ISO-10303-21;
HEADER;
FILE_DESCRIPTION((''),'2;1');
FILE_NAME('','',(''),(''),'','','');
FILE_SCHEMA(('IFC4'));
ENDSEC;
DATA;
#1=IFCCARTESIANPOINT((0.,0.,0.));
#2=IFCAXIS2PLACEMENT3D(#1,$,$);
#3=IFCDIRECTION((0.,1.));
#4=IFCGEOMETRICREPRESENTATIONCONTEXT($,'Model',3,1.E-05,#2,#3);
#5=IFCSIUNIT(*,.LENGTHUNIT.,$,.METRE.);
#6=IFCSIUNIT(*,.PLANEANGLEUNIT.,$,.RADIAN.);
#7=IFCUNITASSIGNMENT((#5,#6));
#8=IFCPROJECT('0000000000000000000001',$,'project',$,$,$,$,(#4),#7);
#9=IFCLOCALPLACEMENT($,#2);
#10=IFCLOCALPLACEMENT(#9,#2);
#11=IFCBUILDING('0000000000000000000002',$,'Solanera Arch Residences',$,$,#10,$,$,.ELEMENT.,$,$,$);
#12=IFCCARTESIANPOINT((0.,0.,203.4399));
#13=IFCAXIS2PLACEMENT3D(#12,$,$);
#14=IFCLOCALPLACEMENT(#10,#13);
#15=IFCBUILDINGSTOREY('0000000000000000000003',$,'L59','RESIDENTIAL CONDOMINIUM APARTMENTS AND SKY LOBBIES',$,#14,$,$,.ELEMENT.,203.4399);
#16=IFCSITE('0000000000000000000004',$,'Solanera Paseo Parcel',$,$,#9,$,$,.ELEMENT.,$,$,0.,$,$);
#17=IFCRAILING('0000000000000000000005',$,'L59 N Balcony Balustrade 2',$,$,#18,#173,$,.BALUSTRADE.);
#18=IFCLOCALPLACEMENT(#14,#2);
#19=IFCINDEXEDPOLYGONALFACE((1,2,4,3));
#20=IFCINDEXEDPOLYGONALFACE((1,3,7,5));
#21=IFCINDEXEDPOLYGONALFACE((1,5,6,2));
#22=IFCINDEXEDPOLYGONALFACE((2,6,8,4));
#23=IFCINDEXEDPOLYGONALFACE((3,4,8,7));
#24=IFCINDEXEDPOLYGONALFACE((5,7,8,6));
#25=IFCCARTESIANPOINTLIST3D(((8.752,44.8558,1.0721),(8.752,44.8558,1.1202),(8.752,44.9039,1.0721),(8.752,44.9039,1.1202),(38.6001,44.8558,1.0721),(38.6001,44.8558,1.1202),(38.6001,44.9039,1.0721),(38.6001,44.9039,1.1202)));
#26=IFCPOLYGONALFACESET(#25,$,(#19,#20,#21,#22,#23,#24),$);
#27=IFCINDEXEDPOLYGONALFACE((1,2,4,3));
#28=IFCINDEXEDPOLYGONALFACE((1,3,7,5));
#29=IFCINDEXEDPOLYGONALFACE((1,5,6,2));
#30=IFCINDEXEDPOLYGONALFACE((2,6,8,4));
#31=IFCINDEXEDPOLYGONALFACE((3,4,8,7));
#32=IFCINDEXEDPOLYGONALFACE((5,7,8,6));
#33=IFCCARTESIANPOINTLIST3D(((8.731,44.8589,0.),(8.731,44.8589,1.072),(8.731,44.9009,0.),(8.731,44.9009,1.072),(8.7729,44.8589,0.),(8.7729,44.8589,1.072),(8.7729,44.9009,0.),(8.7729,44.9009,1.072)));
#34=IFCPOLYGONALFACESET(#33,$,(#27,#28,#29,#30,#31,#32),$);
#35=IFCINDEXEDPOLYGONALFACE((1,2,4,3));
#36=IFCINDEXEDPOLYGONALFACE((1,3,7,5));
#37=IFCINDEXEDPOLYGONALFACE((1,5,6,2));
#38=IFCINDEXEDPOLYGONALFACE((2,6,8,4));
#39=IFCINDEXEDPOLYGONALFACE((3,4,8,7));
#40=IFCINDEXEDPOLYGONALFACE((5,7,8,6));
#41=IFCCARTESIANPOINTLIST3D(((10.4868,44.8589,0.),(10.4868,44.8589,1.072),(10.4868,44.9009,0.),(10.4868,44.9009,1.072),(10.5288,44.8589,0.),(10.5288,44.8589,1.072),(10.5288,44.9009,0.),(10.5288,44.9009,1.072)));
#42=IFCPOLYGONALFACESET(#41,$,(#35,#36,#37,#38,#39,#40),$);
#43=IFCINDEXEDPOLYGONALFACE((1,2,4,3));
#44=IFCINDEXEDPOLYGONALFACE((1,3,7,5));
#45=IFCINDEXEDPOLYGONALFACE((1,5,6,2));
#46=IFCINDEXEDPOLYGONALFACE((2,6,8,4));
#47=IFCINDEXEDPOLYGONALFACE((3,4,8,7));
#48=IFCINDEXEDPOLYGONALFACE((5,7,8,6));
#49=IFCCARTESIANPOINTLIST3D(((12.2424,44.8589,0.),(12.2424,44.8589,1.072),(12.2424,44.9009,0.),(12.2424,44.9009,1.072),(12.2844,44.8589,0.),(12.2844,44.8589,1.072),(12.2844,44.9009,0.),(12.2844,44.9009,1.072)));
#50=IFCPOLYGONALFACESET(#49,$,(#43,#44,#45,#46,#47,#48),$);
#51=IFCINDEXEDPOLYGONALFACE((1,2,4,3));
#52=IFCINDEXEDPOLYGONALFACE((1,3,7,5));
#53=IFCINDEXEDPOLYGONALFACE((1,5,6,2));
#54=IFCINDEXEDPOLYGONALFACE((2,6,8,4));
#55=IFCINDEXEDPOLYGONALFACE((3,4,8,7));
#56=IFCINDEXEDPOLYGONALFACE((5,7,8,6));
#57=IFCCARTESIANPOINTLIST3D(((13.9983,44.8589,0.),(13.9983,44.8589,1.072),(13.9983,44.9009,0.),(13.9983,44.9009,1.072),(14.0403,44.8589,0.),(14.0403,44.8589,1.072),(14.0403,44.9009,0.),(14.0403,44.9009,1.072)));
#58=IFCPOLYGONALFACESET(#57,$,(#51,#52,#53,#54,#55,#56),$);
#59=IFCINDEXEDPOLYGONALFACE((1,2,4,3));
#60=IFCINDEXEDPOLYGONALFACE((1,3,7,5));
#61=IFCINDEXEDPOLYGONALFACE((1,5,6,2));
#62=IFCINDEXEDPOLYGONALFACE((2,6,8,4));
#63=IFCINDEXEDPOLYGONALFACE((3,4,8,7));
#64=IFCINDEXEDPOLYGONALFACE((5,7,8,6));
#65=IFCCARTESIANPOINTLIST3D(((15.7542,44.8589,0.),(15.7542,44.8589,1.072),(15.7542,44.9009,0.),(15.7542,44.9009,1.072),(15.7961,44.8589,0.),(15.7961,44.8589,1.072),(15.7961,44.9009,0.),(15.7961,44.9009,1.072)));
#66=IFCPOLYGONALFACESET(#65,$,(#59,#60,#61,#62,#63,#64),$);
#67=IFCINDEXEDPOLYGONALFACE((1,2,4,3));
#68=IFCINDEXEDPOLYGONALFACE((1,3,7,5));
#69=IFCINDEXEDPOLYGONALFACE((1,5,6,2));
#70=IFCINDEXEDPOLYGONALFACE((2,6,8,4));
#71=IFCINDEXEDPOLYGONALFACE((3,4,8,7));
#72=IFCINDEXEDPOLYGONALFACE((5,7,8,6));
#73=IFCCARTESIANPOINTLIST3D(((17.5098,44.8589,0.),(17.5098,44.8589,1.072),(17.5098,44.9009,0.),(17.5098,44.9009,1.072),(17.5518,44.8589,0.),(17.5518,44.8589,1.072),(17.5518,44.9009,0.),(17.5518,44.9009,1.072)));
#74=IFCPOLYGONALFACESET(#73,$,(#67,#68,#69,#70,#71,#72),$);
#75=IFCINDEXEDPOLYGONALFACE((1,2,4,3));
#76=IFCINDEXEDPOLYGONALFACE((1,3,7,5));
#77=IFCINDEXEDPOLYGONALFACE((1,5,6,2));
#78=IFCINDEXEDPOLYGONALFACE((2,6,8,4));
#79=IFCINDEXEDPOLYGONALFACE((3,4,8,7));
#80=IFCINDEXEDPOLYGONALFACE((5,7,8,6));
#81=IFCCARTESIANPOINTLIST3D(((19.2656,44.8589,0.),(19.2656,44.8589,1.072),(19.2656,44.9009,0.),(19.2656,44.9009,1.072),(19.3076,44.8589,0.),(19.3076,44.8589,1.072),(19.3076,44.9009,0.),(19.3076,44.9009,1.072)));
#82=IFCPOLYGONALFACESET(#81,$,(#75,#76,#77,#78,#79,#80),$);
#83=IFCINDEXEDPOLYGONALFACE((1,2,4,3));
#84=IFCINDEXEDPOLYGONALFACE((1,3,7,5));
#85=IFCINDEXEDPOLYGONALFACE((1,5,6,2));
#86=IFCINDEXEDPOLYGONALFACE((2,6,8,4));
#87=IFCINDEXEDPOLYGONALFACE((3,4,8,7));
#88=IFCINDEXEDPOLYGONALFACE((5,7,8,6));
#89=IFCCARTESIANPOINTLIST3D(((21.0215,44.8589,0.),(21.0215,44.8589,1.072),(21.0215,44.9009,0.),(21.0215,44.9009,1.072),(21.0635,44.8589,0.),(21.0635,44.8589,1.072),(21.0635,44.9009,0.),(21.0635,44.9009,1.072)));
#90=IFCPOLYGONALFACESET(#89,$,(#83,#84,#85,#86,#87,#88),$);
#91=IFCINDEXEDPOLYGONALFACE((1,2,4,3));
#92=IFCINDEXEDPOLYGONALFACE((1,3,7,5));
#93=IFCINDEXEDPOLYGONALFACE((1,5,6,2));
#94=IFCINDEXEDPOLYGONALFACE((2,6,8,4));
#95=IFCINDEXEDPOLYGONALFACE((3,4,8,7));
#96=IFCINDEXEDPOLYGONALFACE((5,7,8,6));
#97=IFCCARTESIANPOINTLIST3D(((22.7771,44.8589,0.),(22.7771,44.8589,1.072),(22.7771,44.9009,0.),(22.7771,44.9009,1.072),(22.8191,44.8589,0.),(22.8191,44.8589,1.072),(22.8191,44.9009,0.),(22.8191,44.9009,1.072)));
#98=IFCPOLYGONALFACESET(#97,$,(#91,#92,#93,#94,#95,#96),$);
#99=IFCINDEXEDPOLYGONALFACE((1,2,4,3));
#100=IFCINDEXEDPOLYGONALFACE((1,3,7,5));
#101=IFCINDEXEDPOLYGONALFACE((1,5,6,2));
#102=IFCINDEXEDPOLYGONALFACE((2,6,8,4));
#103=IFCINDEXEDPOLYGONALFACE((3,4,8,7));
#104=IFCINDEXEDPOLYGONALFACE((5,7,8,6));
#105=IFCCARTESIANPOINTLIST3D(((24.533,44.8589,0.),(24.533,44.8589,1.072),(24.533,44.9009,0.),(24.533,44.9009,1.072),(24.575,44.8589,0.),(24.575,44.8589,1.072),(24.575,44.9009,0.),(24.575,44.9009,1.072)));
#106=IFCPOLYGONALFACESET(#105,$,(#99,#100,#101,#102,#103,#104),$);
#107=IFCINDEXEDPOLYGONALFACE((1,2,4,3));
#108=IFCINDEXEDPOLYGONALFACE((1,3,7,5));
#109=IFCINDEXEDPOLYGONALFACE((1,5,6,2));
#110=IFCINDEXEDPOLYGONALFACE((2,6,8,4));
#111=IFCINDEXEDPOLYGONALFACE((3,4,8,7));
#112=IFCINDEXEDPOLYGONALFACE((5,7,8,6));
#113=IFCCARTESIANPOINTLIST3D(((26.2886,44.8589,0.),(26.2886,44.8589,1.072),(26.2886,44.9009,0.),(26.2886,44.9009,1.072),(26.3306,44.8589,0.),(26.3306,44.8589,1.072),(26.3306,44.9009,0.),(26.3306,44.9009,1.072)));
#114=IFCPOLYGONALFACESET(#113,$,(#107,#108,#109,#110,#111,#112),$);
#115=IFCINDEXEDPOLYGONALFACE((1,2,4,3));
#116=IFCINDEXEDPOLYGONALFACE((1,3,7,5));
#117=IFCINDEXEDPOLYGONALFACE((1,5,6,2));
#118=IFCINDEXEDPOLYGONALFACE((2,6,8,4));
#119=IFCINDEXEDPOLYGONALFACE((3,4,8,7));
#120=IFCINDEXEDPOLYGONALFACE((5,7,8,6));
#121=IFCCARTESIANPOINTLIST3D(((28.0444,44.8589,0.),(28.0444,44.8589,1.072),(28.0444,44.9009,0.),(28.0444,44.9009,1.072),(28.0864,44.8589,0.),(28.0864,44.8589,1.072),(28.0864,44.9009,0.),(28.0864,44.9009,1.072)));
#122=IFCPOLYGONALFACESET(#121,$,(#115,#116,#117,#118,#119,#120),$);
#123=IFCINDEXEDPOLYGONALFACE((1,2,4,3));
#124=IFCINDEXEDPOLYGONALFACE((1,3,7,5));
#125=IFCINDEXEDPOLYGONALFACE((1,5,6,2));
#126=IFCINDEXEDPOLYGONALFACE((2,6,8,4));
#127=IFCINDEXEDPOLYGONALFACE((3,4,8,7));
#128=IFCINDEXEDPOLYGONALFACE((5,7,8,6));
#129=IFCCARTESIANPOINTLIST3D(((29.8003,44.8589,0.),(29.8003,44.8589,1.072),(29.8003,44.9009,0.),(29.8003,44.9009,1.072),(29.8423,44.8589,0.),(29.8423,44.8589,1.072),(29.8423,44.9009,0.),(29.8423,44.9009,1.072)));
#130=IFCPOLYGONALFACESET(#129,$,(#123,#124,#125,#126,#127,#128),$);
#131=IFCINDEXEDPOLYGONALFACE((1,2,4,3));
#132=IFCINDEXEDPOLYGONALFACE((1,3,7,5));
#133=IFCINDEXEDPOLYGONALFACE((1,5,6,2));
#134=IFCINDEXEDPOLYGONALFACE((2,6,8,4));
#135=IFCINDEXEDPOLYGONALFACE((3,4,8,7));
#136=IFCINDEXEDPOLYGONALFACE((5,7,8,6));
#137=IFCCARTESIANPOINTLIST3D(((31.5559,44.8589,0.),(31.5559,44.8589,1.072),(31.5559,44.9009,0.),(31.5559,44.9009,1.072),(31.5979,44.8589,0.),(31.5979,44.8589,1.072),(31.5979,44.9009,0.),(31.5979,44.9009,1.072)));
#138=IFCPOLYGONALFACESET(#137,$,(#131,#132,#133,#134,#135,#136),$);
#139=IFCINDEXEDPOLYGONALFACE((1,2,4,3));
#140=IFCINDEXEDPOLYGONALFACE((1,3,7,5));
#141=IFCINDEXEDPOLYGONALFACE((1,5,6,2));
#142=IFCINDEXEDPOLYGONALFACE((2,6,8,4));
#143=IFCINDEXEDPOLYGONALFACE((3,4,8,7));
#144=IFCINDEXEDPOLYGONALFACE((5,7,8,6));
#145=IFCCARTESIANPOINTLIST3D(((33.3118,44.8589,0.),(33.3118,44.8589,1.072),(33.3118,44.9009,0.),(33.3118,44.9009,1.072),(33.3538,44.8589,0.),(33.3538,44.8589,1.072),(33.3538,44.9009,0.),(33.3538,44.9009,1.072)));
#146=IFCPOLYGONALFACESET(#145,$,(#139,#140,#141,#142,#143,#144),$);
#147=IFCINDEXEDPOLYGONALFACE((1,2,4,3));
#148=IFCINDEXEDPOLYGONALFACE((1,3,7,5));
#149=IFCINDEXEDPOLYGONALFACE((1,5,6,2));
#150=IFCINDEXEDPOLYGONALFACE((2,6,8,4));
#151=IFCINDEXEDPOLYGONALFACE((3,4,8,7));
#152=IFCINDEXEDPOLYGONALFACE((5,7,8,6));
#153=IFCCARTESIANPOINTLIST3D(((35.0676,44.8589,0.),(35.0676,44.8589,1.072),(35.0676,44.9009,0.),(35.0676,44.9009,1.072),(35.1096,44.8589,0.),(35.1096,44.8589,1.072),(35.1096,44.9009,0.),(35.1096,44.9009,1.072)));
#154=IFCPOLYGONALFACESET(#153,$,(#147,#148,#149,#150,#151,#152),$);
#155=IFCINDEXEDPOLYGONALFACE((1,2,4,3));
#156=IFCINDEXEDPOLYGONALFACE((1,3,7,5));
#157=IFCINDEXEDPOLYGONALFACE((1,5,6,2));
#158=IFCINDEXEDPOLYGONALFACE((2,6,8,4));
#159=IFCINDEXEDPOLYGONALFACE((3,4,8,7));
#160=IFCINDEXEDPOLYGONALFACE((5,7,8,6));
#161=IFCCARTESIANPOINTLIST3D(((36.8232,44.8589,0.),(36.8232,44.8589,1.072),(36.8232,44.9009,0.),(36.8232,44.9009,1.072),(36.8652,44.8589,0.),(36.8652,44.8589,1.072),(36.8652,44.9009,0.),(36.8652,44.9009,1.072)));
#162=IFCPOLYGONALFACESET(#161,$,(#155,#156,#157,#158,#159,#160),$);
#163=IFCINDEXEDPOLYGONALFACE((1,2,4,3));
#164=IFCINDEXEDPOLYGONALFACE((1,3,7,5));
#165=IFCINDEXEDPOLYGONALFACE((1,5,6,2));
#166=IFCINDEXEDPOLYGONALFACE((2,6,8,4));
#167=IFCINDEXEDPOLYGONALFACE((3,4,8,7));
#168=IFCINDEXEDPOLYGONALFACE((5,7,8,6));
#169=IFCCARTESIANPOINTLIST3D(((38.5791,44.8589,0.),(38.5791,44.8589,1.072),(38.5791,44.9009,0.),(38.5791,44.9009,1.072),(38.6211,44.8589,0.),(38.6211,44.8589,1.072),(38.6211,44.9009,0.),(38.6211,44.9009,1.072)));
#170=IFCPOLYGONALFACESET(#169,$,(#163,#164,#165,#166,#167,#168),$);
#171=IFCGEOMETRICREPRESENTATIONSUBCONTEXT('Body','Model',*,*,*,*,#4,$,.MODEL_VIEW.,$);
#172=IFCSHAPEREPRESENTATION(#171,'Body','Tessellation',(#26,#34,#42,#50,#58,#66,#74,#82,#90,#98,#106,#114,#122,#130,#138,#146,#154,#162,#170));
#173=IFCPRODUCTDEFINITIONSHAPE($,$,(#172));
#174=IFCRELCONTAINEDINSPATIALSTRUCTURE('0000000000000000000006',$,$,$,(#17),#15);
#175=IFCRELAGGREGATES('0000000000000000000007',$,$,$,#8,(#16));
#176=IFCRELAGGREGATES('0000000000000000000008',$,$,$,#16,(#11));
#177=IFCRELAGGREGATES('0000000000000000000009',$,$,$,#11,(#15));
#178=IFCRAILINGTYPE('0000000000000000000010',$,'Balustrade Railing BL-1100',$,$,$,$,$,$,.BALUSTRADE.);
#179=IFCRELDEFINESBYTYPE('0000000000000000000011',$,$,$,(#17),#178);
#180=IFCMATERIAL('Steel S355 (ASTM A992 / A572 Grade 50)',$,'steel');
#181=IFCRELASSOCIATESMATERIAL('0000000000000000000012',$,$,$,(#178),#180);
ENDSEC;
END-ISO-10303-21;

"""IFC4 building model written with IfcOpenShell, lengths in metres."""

from ifc_helpers import new_model, si_unit, direction, frame, origin, origin_2d, place, context, subcontext, project, spatial, rectangle, extrude, material, type_object, element, save


model = new_model("IFC4")

# Units and contexts
model_context = context("Model", 3, precision=1e-05, world=origin(), true_north=direction((0.0, 1.0)))
body_context = subcontext(model_context, "Body", "Model", "MODEL_VIEW")
ifc_project = project(units=[si_unit("LENGTHUNIT", "METRE"), si_unit("PLANEANGLEUNIT", "RADIAN")], contexts=[model_context])

# Site, building, storey
site_placement = place(None, origin())
site = spatial("IfcSite", under=ifc_project, at=site_placement, Name="Solanera Paseo Parcel", CompositionType="ELEMENT", RefElevation=0.0)
building_placement = place(site_placement, origin())
building = spatial("IfcBuilding", under=site, at=building_placement, Name="Solanera Arch Residences", CompositionType="ELEMENT")
storey_placement = place(building_placement, frame((0.0, 0.0, 203.4399)))
storey = spatial("IfcBuildingStorey", under=building, at=storey_placement, Name="L59", Description="RESIDENTIAL CONDOMINIUM APARTMENTS AND SKY LOBBIES", CompositionType="ELEMENT", Elevation=203.4399)

# Railing
ifc_material_1 = material(Name="Steel S355 (ASTM A992 / A572 Grade 50)", Category="steel")
railing_type = type_object("IfcRailingType", Name="Balustrade Railing BL-1100", PredefinedType="BALUSTRADE", material=ifc_material_1)
railing_placement = place(storey_placement, frame((8.752, 44.8799, 0.0)))
element("IfcRailing", 1, at=railing_placement, inside=storey, type_object=railing_type, Name="L59 N Balcony Balustrade 2", PredefinedType="BALUSTRADE", context=body_context, shape_type="SweptSolid", body=[
    extrude(rectangle(XDim=0.0481, YDim=0.0481, at=origin_2d()), frame((0.0, 0.0, 1.0962), z_axis=(1.0, 0.0, 0.0), x_axis=(0.0, 1.0, 0.0)), (0.0, 0.0, 1.0), 29.8481),
    extrude(rectangle(XDim=0.042, YDim=0.042, at=origin_2d()), origin(), (0.0, 0.0, 1.0), 1.072),
    extrude(rectangle(XDim=0.042, YDim=0.042, at=origin_2d()), frame((1.7559, 0.0, 0.0)), (0.0, 0.0, 1.0), 1.072),
    extrude(rectangle(XDim=0.042, YDim=0.042, at=origin_2d()), frame((3.5115, 0.0, 0.0)), (0.0, 0.0, 1.0), 1.072),
    extrude(rectangle(XDim=0.042, YDim=0.042, at=origin_2d()), frame((5.2673, 0.0, 0.0)), (0.0, 0.0, 1.0), 1.072),
    extrude(rectangle(XDim=0.042, YDim=0.042, at=origin_2d()), frame((7.0232, 0.0, 0.0)), (0.0, 0.0, 1.0), 1.072),
    extrude(rectangle(XDim=0.042, YDim=0.042, at=origin_2d()), frame((8.7788, 0.0, 0.0)), (0.0, 0.0, 1.0), 1.072),
    extrude(rectangle(XDim=0.042, YDim=0.042, at=origin_2d()), frame((10.5347, 0.0, 0.0)), (0.0, 0.0, 1.0), 1.072),
    extrude(rectangle(XDim=0.042, YDim=0.042, at=origin_2d()), frame((12.2905, 0.0, 0.0)), (0.0, 0.0, 1.0), 1.072),
    extrude(rectangle(XDim=0.042, YDim=0.042, at=origin_2d()), frame((14.0461, 0.0, 0.0)), (0.0, 0.0, 1.0), 1.072),
    extrude(rectangle(XDim=0.042, YDim=0.042, at=origin_2d()), frame((15.802, 0.0, 0.0)), (0.0, 0.0, 1.0), 1.072),
    extrude(rectangle(XDim=0.042, YDim=0.042, at=origin_2d()), frame((17.5576, 0.0, 0.0)), (0.0, 0.0, 1.0), 1.072),
    extrude(rectangle(XDim=0.042, YDim=0.042, at=origin_2d()), frame((19.3135, 0.0, 0.0)), (0.0, 0.0, 1.0), 1.072),
    extrude(rectangle(XDim=0.042, YDim=0.042, at=origin_2d()), frame((21.0693, 0.0, 0.0)), (0.0, 0.0, 1.0), 1.072),
    extrude(rectangle(XDim=0.042, YDim=0.042, at=origin_2d()), frame((22.825, 0.0, 0.0)), (0.0, 0.0, 1.0), 1.072),
    extrude(rectangle(XDim=0.042, YDim=0.042, at=origin_2d()), frame((24.5808, 0.0, 0.0)), (0.0, 0.0, 1.0), 1.072),
    extrude(rectangle(XDim=0.042, YDim=0.042, at=origin_2d()), frame((26.3367, 0.0, 0.0)), (0.0, 0.0, 1.0), 1.072),
    extrude(rectangle(XDim=0.042, YDim=0.042, at=origin_2d()), frame((28.0923, 0.0, 0.0)), (0.0, 0.0, 1.0), 1.072),
    extrude(rectangle(XDim=0.042, YDim=0.042, at=origin_2d()), frame((29.8481, 0.0, 0.0)), (0.0, 0.0, 1.0), 1.072),
])

save(model, "model.ifc")
